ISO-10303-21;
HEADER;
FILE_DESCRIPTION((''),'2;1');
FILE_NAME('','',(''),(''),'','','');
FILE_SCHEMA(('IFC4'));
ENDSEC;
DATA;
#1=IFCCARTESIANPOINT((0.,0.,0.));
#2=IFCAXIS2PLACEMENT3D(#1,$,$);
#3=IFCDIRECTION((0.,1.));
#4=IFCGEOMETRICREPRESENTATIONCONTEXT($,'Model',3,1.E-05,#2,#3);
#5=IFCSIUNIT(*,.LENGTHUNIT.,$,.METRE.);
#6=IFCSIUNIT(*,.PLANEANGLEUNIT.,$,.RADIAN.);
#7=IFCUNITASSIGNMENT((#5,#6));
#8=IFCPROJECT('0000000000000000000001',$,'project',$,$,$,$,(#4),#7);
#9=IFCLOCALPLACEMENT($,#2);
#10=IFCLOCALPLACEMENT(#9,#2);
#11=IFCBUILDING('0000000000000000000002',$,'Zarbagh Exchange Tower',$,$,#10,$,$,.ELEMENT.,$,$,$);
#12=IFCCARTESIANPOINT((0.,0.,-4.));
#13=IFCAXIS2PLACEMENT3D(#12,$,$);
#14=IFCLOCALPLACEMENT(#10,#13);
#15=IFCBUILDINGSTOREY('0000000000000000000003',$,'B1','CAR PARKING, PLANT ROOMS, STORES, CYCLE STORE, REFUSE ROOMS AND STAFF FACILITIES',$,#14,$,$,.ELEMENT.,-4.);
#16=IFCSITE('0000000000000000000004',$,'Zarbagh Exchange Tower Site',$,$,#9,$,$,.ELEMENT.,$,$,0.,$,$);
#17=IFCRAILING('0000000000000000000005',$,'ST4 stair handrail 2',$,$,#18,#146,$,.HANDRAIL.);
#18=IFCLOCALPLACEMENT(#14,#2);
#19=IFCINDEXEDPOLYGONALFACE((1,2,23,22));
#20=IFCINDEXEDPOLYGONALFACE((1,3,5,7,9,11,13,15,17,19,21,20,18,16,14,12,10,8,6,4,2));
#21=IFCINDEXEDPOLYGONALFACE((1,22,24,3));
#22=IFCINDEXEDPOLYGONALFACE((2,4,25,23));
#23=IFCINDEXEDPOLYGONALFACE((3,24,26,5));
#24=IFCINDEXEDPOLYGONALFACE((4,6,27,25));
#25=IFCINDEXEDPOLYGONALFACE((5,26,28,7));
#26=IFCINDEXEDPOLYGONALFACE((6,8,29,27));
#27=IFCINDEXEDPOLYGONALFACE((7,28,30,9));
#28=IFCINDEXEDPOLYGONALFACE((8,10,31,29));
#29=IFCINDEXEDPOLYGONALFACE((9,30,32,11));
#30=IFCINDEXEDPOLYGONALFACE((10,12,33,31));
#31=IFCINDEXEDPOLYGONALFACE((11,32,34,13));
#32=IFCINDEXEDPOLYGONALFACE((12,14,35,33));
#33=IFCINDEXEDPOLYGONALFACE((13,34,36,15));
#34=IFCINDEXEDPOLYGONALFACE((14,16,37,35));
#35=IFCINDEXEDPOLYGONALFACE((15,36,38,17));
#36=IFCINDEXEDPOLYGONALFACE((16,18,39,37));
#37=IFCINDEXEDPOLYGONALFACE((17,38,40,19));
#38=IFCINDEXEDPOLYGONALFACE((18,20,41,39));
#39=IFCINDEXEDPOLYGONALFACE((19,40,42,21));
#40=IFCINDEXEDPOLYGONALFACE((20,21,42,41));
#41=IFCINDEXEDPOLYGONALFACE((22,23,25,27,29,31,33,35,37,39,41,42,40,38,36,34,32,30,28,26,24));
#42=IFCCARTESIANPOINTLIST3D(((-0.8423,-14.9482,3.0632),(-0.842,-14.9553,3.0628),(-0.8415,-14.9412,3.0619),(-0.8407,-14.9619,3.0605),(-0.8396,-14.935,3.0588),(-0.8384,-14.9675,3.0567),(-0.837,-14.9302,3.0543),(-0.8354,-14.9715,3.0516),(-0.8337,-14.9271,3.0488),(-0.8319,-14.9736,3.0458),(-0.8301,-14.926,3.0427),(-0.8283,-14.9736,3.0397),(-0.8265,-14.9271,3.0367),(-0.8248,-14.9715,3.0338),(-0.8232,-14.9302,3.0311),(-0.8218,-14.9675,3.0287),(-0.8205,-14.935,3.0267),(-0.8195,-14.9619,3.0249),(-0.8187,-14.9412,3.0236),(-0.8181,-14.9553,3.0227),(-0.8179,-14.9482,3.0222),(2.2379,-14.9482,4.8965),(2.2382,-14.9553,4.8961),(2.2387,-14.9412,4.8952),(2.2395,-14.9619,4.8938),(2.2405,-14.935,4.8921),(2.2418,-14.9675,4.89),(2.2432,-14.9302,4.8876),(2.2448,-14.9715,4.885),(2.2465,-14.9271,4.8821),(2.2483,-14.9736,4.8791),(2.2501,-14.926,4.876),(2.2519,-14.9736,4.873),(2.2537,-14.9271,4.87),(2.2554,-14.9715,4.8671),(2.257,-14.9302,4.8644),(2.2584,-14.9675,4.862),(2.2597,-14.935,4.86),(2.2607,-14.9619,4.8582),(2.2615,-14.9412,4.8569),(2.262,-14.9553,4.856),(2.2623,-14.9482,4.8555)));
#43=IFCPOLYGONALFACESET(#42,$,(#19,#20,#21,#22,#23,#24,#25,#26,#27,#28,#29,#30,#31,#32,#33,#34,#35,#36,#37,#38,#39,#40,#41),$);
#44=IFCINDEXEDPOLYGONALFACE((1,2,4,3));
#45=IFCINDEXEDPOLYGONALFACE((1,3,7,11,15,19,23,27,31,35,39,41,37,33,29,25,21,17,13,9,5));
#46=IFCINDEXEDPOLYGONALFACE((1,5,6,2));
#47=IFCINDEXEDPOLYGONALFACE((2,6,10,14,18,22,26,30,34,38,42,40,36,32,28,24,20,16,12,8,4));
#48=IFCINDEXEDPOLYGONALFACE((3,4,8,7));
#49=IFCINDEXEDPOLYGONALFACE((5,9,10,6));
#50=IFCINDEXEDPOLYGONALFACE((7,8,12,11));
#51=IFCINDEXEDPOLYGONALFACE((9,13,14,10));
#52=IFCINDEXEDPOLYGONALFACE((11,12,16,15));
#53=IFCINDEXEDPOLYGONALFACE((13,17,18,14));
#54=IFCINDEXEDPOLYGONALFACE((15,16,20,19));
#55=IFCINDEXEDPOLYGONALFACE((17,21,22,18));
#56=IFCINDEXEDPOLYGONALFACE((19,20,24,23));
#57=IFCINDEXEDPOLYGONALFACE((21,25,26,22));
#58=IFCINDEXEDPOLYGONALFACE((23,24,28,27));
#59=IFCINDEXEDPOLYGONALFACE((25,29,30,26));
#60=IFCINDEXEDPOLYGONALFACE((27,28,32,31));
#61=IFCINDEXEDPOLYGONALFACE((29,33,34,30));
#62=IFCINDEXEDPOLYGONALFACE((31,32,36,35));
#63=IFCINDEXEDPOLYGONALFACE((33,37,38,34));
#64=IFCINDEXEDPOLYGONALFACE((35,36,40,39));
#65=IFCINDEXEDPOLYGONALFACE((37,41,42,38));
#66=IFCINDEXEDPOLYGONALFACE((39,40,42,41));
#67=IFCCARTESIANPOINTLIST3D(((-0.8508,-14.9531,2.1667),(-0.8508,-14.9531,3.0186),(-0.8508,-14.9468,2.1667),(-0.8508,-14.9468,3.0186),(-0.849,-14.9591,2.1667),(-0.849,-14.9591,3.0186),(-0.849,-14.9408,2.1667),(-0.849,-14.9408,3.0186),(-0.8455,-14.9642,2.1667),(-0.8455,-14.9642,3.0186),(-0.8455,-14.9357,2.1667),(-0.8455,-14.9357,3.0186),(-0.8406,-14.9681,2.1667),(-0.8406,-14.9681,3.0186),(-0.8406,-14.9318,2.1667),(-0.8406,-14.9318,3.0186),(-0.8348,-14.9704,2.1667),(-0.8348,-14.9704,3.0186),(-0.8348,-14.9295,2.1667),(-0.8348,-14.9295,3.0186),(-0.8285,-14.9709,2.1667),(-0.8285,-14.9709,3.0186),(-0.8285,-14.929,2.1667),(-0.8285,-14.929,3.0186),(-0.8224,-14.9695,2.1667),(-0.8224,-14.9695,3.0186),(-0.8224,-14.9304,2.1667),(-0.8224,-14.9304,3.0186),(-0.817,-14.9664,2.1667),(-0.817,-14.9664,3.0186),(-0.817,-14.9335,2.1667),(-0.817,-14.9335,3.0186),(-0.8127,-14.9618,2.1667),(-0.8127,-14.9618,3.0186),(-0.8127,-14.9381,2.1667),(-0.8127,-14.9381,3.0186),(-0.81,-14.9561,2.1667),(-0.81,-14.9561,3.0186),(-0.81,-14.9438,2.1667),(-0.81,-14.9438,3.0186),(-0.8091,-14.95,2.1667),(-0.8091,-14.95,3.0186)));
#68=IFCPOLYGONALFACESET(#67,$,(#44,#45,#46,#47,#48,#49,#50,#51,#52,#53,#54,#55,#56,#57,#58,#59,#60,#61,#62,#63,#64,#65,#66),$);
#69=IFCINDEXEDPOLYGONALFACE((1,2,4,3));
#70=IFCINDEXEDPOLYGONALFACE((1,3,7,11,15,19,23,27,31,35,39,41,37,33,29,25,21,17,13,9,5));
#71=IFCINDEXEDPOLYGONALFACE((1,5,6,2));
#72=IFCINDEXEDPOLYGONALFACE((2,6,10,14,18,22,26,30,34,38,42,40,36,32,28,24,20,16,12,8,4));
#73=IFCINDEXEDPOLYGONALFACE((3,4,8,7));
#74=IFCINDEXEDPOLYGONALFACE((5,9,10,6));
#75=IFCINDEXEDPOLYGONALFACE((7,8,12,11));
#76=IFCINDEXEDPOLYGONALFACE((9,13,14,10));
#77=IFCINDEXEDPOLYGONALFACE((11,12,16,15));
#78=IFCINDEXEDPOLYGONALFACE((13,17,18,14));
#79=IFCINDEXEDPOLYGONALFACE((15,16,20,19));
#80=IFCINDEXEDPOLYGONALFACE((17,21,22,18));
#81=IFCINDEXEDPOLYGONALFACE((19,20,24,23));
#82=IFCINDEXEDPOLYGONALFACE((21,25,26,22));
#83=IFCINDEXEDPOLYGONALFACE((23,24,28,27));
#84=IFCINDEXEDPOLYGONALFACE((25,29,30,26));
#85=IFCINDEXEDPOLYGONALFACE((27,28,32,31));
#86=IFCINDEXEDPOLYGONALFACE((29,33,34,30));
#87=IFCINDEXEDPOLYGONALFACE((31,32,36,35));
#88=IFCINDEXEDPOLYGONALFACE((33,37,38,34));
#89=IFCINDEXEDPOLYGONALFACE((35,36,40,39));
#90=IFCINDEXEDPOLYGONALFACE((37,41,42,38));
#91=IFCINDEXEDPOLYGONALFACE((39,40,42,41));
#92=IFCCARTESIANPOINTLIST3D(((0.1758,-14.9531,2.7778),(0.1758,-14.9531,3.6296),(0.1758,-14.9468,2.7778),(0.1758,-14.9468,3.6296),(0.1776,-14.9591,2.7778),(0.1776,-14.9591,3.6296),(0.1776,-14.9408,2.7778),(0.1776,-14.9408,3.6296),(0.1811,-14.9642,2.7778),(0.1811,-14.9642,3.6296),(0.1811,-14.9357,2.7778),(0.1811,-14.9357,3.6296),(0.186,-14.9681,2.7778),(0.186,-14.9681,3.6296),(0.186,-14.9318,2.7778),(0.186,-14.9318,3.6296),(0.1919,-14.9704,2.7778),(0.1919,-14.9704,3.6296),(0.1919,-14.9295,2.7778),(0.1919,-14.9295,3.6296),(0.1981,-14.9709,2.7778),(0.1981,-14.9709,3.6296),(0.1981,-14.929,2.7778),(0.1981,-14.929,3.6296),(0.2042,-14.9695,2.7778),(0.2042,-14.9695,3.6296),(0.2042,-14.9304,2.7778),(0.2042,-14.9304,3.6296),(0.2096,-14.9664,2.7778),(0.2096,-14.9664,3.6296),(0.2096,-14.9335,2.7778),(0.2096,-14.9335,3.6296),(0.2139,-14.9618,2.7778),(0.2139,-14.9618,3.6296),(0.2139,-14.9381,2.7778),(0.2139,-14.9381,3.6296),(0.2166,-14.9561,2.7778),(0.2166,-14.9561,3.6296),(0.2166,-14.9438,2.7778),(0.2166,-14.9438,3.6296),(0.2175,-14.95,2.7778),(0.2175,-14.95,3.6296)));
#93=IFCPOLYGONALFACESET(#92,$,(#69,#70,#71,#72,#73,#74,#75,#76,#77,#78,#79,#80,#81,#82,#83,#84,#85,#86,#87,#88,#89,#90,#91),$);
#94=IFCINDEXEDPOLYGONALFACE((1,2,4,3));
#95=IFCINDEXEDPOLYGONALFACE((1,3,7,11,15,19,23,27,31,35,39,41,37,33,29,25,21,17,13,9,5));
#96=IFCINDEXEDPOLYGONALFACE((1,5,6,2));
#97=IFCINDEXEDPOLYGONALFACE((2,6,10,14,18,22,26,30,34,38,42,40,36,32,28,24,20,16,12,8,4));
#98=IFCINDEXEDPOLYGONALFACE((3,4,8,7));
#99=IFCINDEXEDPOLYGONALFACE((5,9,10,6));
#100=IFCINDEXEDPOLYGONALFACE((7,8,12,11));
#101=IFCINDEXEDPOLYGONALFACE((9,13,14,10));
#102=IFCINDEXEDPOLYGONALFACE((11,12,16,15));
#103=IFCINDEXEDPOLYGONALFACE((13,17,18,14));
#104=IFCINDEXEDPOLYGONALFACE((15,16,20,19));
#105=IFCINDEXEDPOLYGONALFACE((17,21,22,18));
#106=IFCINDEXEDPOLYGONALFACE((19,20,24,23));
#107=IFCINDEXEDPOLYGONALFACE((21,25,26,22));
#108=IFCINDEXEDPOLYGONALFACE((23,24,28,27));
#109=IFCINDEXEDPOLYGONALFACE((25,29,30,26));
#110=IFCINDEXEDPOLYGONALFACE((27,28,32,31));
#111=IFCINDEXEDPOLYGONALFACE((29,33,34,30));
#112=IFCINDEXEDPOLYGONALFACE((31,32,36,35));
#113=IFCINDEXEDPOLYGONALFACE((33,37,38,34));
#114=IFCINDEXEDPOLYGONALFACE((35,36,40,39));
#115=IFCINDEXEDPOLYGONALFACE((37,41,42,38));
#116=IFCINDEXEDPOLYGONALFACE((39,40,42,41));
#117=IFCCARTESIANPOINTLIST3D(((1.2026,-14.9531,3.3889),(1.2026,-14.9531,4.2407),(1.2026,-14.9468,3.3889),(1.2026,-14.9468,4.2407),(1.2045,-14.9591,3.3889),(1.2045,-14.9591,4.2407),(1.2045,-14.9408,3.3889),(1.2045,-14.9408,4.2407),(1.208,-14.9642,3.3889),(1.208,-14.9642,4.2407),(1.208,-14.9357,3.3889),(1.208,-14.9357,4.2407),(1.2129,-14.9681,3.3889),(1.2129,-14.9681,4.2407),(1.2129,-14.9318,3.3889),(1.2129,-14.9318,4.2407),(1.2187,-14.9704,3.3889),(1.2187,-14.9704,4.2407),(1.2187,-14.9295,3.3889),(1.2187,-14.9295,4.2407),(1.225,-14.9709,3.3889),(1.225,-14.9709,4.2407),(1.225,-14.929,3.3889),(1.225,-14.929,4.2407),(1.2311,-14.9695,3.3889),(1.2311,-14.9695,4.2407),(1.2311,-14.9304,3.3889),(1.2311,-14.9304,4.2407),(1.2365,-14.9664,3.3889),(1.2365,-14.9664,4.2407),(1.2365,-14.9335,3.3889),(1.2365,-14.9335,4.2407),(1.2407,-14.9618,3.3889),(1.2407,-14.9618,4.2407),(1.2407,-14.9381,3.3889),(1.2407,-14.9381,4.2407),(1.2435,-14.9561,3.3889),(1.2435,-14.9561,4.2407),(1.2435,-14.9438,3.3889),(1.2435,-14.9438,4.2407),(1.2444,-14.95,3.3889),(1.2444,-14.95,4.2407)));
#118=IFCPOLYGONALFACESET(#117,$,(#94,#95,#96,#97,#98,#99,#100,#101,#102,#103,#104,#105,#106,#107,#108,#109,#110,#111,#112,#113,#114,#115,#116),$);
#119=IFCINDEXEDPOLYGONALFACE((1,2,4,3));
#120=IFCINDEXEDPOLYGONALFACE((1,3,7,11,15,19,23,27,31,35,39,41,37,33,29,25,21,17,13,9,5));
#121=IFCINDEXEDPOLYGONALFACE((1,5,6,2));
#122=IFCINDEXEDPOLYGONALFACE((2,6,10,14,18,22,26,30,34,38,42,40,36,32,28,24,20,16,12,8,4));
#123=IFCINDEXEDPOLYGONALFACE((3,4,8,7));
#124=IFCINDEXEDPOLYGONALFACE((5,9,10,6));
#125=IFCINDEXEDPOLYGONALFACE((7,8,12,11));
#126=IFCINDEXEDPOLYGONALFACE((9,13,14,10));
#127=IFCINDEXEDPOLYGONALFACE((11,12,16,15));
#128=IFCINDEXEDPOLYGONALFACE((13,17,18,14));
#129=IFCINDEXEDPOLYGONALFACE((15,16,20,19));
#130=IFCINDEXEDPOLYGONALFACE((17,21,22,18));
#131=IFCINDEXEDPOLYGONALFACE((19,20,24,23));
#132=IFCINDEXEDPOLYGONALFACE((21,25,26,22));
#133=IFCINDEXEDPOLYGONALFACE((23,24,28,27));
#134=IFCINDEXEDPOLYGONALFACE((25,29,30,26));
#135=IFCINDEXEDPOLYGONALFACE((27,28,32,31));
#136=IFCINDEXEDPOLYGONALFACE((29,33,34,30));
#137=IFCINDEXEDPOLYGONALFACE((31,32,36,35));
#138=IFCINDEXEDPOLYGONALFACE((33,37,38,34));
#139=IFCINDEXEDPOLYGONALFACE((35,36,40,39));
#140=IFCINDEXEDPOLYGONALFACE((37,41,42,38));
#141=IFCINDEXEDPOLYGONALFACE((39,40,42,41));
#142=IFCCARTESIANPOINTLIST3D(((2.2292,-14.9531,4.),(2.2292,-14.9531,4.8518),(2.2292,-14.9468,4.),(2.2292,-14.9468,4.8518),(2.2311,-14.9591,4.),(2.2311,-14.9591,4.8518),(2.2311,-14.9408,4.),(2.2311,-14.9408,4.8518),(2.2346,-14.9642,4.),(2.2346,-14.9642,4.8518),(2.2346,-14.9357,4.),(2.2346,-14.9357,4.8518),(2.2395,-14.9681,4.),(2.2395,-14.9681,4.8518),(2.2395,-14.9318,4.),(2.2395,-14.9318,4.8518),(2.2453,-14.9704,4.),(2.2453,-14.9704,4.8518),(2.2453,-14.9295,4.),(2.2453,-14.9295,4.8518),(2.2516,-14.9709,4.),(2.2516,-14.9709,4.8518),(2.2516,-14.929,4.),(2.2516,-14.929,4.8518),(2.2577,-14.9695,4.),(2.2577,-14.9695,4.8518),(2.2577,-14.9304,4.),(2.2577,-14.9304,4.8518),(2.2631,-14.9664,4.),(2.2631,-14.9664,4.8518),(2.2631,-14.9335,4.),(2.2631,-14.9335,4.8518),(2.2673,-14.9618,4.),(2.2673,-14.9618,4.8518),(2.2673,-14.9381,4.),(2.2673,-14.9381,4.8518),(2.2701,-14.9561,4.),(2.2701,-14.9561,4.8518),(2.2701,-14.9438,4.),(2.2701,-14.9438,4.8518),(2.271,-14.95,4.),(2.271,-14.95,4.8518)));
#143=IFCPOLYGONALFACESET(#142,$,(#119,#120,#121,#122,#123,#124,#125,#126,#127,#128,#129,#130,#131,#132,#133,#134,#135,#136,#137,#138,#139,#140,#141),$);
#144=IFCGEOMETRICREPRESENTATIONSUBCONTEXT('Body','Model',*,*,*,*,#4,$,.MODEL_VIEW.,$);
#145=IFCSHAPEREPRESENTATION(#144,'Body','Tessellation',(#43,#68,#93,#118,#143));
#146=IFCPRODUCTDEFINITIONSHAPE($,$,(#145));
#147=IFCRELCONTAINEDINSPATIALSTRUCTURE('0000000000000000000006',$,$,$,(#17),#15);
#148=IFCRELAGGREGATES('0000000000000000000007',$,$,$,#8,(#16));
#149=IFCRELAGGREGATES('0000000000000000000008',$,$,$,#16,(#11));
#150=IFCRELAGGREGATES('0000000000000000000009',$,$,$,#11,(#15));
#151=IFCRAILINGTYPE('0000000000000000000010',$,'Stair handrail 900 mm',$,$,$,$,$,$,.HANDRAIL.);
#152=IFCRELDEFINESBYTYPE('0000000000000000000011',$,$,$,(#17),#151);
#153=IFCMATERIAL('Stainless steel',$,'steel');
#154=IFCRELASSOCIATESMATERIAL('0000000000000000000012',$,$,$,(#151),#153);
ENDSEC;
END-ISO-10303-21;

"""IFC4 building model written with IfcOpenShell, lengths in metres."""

from ifc_helpers import new_model, si_unit, direction, frame, origin, origin_2d, place, context, subcontext, project, spatial, circle, extrude, material, type_object, element, save


model = new_model("IFC4")

# Units and contexts
model_context = context("Model", 3, precision=1e-05, world=origin(), true_north=direction((0.0, 1.0)))
body_context = subcontext(model_context, "Body", "Model", "MODEL_VIEW")
ifc_project = project(units=[si_unit("LENGTHUNIT", "METRE"), si_unit("PLANEANGLEUNIT", "RADIAN")], contexts=[model_context])

# Site, building, storey
site_placement = place(None, origin())
site = spatial("IfcSite", under=ifc_project, at=site_placement, Name="Zarbagh Exchange Tower Site", CompositionType="ELEMENT", RefElevation=0.0)
building_placement = place(site_placement, origin())
building = spatial("IfcBuilding", under=site, at=building_placement, Name="Zarbagh Exchange Tower", CompositionType="ELEMENT")
storey_placement = place(building_placement, frame((0.0, 0.0, -4.0)))
storey = spatial("IfcBuildingStorey", under=building, at=storey_placement, Name="B1", Description="CAR PARKING, PLANT ROOMS, STORES, CYCLE STORE, REFUSE ROOMS AND STAFF FACILITIES", CompositionType="ELEMENT", Elevation=-4.0)

# Shared definitions
ifc_material_1 = material(Name="Stainless steel", Category="steel")

# Railing
railing_type_1 = type_object("IfcRailingType", Name="Stair handrail 900 mm", PredefinedType="HANDRAIL", material=ifc_material_1)
for number, where, name in (
    (1, (-0.8301, -14.95, 2.1667), "ST4 stair handrail 2"),
):
    element("IfcRailing", number, at=place(storey_placement, frame(where)), inside=storey, type_object=railing_type_1, Name=name, PredefinedType="HANDRAIL", context=body_context, shape_type="SweptSolid", body=[
        extrude(circle(Radius=0.0239, at=origin_2d()), frame((0.0, 0.0, 0.876), z_axis=(0.859309, 0.0, 0.511458), x_axis=(0.0, 1.0, 0.0)), (0.0, 0.0, 1.0), 3.5845),
        extrude(circle(Radius=0.021, at=origin_2d()), origin(), (0.0, 0.0, 1.0), 0.8518),
        extrude(circle(Radius=0.021, at=origin_2d()), frame((1.0266, 0.0, 0.6111)), (0.0, 0.0, 1.0), 0.8518),
        extrude(circle(Radius=0.021, at=origin_2d()), frame((2.0535, 0.0, 1.2222)), (0.0, 0.0, 1.0), 0.8518),
        extrude(circle(Radius=0.021, at=origin_2d()), frame((3.0801, 0.0, 1.8333)), (0.0, 0.0, 1.0), 0.8518),
    ])

save(model, "model.ifc")
